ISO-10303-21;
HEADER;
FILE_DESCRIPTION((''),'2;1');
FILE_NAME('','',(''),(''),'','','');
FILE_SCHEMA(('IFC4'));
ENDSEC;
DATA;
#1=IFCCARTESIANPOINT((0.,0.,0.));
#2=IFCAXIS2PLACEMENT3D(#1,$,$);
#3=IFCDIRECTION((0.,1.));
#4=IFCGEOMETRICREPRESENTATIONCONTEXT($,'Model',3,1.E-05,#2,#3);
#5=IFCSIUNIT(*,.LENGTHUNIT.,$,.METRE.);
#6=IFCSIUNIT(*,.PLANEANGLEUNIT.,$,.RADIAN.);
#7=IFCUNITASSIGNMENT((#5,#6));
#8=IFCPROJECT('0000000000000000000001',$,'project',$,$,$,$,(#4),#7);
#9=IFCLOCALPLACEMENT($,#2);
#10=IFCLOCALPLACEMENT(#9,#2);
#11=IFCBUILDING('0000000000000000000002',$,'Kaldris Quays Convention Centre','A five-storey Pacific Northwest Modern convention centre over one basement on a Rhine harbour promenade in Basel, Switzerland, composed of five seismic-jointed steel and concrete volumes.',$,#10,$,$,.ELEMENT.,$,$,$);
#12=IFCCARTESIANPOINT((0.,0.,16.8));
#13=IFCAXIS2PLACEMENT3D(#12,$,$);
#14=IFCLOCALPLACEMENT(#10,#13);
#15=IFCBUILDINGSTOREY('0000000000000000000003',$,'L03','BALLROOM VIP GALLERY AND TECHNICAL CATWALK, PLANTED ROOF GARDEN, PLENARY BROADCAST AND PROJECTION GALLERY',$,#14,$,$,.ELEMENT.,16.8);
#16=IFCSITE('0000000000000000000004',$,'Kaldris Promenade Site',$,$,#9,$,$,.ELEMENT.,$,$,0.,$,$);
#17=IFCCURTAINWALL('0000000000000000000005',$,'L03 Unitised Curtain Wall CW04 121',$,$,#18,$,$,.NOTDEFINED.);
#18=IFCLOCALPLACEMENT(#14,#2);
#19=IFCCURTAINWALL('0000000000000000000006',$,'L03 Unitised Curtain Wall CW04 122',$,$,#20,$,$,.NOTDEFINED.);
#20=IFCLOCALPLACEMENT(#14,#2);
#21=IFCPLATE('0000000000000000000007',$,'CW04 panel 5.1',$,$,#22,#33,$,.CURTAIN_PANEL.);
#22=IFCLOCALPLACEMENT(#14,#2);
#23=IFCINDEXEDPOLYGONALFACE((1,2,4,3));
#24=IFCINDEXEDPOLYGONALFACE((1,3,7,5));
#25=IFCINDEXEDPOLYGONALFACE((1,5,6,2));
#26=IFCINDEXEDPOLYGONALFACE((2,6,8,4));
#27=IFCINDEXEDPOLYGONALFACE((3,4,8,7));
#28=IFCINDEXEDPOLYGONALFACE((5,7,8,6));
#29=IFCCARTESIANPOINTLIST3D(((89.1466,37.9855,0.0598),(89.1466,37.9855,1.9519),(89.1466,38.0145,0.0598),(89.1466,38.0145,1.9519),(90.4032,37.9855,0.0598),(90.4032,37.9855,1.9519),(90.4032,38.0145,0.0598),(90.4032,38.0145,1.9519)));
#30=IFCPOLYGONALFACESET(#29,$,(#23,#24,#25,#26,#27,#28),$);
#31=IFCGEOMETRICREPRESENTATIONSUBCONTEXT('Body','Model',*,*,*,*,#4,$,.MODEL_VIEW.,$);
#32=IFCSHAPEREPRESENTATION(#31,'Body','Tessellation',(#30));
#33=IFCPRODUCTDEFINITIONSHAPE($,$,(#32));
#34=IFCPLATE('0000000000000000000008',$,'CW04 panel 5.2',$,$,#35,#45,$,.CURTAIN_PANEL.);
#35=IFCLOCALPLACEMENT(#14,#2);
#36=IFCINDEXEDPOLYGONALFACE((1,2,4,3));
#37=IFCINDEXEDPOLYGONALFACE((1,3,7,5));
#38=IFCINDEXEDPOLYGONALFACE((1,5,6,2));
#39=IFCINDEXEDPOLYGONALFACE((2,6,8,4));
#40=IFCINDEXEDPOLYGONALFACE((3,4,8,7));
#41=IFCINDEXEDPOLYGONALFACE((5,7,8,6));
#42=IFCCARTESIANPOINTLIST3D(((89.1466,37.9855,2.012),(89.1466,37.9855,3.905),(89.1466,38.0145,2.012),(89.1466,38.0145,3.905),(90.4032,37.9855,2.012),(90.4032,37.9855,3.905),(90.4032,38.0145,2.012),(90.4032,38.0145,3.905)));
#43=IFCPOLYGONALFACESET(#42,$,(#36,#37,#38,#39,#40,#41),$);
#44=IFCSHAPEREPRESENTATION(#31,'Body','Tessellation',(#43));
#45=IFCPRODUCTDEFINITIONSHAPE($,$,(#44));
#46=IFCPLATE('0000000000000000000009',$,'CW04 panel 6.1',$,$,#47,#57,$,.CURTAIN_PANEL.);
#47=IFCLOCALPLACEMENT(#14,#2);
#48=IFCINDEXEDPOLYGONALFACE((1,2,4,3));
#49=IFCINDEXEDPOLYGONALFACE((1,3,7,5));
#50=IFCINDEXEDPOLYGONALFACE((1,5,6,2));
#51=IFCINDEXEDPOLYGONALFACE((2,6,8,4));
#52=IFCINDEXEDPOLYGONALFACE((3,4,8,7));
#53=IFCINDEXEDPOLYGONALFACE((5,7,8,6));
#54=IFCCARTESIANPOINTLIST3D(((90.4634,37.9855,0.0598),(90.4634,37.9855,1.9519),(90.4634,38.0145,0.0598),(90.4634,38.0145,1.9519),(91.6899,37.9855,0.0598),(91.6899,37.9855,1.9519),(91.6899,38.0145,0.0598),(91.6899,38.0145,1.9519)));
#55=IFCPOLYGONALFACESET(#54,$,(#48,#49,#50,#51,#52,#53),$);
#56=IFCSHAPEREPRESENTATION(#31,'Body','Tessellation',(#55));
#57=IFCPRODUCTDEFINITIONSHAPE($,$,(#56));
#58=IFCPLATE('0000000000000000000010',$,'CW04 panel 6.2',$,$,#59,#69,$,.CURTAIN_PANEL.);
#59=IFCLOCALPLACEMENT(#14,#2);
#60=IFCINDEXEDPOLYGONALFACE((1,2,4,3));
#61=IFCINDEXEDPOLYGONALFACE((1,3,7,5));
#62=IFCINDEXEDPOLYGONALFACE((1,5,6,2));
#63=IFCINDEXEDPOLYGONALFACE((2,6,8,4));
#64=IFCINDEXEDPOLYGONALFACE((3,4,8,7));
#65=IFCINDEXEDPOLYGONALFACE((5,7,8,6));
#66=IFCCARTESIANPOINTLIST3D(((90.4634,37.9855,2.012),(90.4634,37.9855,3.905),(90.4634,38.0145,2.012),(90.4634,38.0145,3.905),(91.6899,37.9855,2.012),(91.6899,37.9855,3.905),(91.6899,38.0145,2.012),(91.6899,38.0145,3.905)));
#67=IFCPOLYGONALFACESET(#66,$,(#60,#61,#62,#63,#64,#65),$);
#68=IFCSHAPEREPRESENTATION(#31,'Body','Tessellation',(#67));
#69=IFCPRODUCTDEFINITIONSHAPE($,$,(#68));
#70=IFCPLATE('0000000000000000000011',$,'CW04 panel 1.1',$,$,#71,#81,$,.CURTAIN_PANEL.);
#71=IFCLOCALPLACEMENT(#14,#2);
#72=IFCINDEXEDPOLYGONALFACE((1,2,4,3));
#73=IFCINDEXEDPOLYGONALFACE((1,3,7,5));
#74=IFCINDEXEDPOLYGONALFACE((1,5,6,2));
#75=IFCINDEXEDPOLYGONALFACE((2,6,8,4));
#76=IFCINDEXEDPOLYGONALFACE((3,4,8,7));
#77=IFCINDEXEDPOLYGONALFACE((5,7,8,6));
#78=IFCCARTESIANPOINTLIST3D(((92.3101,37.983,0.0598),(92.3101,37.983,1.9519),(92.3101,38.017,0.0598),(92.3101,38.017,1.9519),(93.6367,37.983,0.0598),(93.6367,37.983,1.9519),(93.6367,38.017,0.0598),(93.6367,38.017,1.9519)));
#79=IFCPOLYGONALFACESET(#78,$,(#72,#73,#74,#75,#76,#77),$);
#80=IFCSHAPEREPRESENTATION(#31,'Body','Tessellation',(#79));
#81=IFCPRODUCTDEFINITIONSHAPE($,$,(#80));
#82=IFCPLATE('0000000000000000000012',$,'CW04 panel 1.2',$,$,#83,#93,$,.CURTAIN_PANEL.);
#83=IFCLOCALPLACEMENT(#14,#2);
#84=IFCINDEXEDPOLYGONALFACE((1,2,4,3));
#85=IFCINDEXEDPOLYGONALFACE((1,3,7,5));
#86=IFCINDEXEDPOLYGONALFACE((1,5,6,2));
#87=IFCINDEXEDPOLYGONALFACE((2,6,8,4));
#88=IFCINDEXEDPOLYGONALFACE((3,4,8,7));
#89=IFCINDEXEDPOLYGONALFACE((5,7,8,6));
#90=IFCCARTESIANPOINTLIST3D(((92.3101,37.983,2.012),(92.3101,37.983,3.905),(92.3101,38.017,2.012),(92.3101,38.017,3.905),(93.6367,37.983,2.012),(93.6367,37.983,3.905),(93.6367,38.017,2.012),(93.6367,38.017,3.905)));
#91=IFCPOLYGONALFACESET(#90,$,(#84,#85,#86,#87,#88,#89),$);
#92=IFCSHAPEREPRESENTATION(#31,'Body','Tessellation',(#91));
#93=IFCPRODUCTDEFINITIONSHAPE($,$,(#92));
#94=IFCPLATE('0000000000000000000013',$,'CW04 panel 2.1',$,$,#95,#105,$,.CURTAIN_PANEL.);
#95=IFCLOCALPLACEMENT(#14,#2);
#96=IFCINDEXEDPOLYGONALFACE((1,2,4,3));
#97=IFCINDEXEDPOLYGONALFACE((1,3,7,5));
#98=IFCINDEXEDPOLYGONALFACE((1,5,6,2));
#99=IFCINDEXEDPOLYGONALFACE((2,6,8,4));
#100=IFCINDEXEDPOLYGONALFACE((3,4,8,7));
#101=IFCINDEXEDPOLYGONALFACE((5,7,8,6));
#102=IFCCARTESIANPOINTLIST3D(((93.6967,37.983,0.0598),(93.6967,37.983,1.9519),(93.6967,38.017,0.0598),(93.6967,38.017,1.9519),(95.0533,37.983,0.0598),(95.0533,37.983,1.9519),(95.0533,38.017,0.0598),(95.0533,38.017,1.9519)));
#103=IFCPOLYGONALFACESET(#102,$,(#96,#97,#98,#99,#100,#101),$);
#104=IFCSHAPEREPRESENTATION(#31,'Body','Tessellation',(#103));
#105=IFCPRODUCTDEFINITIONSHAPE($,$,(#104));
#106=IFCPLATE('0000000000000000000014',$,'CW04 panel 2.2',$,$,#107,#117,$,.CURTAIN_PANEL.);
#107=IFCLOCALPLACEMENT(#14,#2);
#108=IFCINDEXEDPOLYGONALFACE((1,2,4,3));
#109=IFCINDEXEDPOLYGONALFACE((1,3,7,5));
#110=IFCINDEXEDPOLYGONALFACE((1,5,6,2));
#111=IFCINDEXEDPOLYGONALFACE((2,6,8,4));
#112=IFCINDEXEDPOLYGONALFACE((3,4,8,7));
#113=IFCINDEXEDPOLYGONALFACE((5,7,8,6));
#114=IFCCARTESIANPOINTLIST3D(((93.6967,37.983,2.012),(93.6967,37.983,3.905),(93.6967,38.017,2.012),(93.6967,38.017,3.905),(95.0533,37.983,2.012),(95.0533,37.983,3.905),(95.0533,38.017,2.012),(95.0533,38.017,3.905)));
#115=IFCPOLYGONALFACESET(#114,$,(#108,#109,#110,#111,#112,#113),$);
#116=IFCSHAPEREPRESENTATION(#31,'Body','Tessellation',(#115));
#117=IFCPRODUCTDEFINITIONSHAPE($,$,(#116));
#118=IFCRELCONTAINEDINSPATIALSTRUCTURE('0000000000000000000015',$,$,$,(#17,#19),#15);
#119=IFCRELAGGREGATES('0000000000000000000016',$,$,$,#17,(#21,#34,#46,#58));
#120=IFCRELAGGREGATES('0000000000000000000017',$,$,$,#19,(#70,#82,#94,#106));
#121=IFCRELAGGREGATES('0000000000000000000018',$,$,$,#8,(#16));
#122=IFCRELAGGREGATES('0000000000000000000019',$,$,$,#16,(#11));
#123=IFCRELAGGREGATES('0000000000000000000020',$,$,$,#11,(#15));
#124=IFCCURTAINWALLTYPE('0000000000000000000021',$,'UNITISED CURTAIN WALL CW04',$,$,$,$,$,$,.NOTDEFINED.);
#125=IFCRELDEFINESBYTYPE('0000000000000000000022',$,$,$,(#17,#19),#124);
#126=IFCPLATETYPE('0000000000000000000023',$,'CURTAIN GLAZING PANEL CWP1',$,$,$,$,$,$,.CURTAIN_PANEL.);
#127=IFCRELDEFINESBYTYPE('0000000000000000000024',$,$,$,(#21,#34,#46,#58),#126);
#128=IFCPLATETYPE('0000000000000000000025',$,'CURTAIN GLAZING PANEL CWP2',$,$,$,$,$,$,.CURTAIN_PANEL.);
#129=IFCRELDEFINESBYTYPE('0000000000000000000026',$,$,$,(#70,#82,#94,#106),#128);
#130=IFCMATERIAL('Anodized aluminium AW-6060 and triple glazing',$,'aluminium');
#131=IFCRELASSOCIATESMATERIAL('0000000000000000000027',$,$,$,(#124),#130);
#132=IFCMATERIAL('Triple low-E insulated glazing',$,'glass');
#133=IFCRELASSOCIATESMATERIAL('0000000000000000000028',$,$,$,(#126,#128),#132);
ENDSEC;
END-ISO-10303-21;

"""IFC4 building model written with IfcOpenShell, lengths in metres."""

from ifc_helpers import new_model, si_unit, direction, frame, origin, origin_2d, place, context, subcontext, project, spatial, rectangle, extrude, material, type_object, element, aggregate, save


model = new_model("IFC4")

# Units and contexts
model_context = context("Model", 3, precision=1e-05, world=origin(), true_north=direction((0.0, 1.0)))
body_context = subcontext(model_context, "Body", "Model", "MODEL_VIEW")
ifc_project = project(units=[si_unit("LENGTHUNIT", "METRE"), si_unit("PLANEANGLEUNIT", "RADIAN")], contexts=[model_context])

# Site, building, storey
site_placement = place(None, origin())
site = spatial("IfcSite", under=ifc_project, at=site_placement, Name="Kaldris Promenade Site", CompositionType="ELEMENT", RefElevation=0.0)
building_placement = place(site_placement, origin())
building = spatial("IfcBuilding", under=site, at=building_placement, Name="Kaldris Quays Convention Centre", Description="A five-storey Pacific Northwest Modern convention centre over one basement on a Rhine harbour promenade in Basel, Switzerland, composed of five seismic-jointed steel and concrete volumes.", CompositionType="ELEMENT")
storey_placement = place(building_placement, frame((0.0, 0.0, 16.8)))
storey = spatial("IfcBuildingStorey", under=building, at=storey_placement, Name="L03", Description="BALLROOM VIP GALLERY AND TECHNICAL CATWALK, PLANTED ROOF GARDEN, PLENARY BROADCAST AND PROJECTION GALLERY", CompositionType="ELEMENT", Elevation=16.8)

# Curtain walls
ifc_material_1 = material(Name="Anodized aluminium AW-6060 and triple glazing", Category="aluminium")
curtain_wall_type = type_object("IfcCurtainWallType", Name="UNITISED CURTAIN WALL CW04", PredefinedType="NOTDEFINED", material=ifc_material_1)
curtain_wall_1_placement = place(storey_placement, origin())
curtain_wall_1 = element("IfcCurtainWall", 1, at=curtain_wall_1_placement, inside=storey, type_object=curtain_wall_type, Name="L03 Unitised Curtain Wall CW04 121", PredefinedType="NOTDEFINED")
curtain_wall_2_placement = place(storey_placement, origin())
curtain_wall_2 = element("IfcCurtainWall", 2, at=curtain_wall_2_placement, inside=storey, type_object=curtain_wall_type, Name="L03 Unitised Curtain Wall CW04 122", PredefinedType="NOTDEFINED")

# Plates
ifc_material_2 = material(Name="Triple low-E insulated glazing", Category="glass")
plate_type_1 = type_object("IfcPlateType", Name="CURTAIN GLAZING PANEL CWP1", PredefinedType="CURTAIN_PANEL", material=ifc_material_2)
plate_1_placement = place(storey_placement, frame((89.7749, 38.0, 0.0598), z_axis=(0.0, 0.0, 1.0), x_axis=(1.0, 0.0, 0.0)))
plate_1 = element("IfcPlate", 3, at=plate_1_placement, type_object=plate_type_1, Name="CW04 panel 5.1", PredefinedType="CURTAIN_PANEL", context=body_context, shape_type="SweptSolid", body=[
    extrude(rectangle(XDim=1.2566, YDim=0.0291, at=origin_2d()), origin(), (0.0, 0.0, 1.0), 1.8921),
])
plate_2_placement = place(storey_placement, frame((89.7749, 38.0, 2.012), z_axis=(0.0, 0.0, 1.0), x_axis=(1.0, 0.0, 0.0)))
plate_2 = element("IfcPlate", 4, at=plate_2_placement, type_object=plate_type_1, Name="CW04 panel 5.2", PredefinedType="CURTAIN_PANEL", context=body_context, shape_type="SweptSolid", body=[
    extrude(rectangle(XDim=1.2566, YDim=0.0291, at=origin_2d()), origin(), (0.0, 0.0, 1.0), 1.8931),
])
plate_3_placement = place(storey_placement, frame((91.0767, 38.0, 0.0598), z_axis=(0.0, 0.0, 1.0), x_axis=(1.0, 0.0, 0.0)))
plate_3 = element("IfcPlate", 5, at=plate_3_placement, type_object=plate_type_1, Name="CW04 panel 6.1", PredefinedType="CURTAIN_PANEL", context=body_context, shape_type="SweptSolid", body=[
    extrude(rectangle(XDim=1.2266, YDim=0.0291, at=origin_2d()), origin(), (0.0, 0.0, 1.0), 1.8921),
])
plate_4_placement = place(storey_placement, frame((91.0767, 38.0, 2.012), z_axis=(0.0, 0.0, 1.0), x_axis=(1.0, 0.0, 0.0)))
plate_4 = element("IfcPlate", 6, at=plate_4_placement, type_object=plate_type_1, Name="CW04 panel 6.2", PredefinedType="CURTAIN_PANEL", context=body_context, shape_type="SweptSolid", body=[
    extrude(rectangle(XDim=1.2266, YDim=0.0291, at=origin_2d()), origin(), (0.0, 0.0, 1.0), 1.8931),
])
aggregate(curtain_wall_1, [plate_1, plate_2, plate_3, plate_4])
plate_type_2 = type_object("IfcPlateType", Name="CURTAIN GLAZING PANEL CWP2", PredefinedType="CURTAIN_PANEL", material=ifc_material_2)
plate_5_placement = place(storey_placement, frame((92.9734, 38.0, 0.0598), z_axis=(0.0, 0.0, 1.0), x_axis=(1.0, 0.0, 0.0)))
plate_5 = element("IfcPlate", 7, at=plate_5_placement, type_object=plate_type_2, Name="CW04 panel 1.1", PredefinedType="CURTAIN_PANEL", context=body_context, shape_type="SweptSolid", body=[
    extrude(rectangle(XDim=1.3267, YDim=0.0339, at=origin_2d()), origin(), (0.0, 0.0, 1.0), 1.8921),
])
plate_6_placement = place(storey_placement, frame((92.9734, 38.0, 2.012), z_axis=(0.0, 0.0, 1.0), x_axis=(1.0, 0.0, 0.0)))
plate_6 = element("IfcPlate", 8, at=plate_6_placement, type_object=plate_type_2, Name="CW04 panel 1.2", PredefinedType="CURTAIN_PANEL", context=body_context, shape_type="SweptSolid", body=[
    extrude(rectangle(XDim=1.3267, YDim=0.0339, at=origin_2d()), origin(), (0.0, 0.0, 1.0), 1.8931),
])
plate_7_placement = place(storey_placement, frame((94.375, 38.0, 0.0598), z_axis=(0.0, 0.0, 1.0), x_axis=(1.0, 0.0, 0.0)))
plate_7 = element("IfcPlate", 9, at=plate_7_placement, type_object=plate_type_2, Name="CW04 panel 2.1", PredefinedType="CURTAIN_PANEL", context=body_context, shape_type="SweptSolid", body=[
    extrude(rectangle(XDim=1.3567, YDim=0.0339, at=origin_2d()), origin(), (0.0, 0.0, 1.0), 1.8921),
])
plate_8_placement = place(storey_placement, frame((94.375, 38.0, 2.012), z_axis=(0.0, 0.0, 1.0), x_axis=(1.0, 0.0, 0.0)))
plate_8 = element("IfcPlate", 10, at=plate_8_placement, type_object=plate_type_2, Name="CW04 panel 2.2", PredefinedType="CURTAIN_PANEL", context=body_context, shape_type="SweptSolid", body=[
    extrude(rectangle(XDim=1.3567, YDim=0.0339, at=origin_2d()), origin(), (0.0, 0.0, 1.0), 1.8931),
])
aggregate(curtain_wall_2, [plate_5, plate_6, plate_7, plate_8])

save(model, "model.ifc")
